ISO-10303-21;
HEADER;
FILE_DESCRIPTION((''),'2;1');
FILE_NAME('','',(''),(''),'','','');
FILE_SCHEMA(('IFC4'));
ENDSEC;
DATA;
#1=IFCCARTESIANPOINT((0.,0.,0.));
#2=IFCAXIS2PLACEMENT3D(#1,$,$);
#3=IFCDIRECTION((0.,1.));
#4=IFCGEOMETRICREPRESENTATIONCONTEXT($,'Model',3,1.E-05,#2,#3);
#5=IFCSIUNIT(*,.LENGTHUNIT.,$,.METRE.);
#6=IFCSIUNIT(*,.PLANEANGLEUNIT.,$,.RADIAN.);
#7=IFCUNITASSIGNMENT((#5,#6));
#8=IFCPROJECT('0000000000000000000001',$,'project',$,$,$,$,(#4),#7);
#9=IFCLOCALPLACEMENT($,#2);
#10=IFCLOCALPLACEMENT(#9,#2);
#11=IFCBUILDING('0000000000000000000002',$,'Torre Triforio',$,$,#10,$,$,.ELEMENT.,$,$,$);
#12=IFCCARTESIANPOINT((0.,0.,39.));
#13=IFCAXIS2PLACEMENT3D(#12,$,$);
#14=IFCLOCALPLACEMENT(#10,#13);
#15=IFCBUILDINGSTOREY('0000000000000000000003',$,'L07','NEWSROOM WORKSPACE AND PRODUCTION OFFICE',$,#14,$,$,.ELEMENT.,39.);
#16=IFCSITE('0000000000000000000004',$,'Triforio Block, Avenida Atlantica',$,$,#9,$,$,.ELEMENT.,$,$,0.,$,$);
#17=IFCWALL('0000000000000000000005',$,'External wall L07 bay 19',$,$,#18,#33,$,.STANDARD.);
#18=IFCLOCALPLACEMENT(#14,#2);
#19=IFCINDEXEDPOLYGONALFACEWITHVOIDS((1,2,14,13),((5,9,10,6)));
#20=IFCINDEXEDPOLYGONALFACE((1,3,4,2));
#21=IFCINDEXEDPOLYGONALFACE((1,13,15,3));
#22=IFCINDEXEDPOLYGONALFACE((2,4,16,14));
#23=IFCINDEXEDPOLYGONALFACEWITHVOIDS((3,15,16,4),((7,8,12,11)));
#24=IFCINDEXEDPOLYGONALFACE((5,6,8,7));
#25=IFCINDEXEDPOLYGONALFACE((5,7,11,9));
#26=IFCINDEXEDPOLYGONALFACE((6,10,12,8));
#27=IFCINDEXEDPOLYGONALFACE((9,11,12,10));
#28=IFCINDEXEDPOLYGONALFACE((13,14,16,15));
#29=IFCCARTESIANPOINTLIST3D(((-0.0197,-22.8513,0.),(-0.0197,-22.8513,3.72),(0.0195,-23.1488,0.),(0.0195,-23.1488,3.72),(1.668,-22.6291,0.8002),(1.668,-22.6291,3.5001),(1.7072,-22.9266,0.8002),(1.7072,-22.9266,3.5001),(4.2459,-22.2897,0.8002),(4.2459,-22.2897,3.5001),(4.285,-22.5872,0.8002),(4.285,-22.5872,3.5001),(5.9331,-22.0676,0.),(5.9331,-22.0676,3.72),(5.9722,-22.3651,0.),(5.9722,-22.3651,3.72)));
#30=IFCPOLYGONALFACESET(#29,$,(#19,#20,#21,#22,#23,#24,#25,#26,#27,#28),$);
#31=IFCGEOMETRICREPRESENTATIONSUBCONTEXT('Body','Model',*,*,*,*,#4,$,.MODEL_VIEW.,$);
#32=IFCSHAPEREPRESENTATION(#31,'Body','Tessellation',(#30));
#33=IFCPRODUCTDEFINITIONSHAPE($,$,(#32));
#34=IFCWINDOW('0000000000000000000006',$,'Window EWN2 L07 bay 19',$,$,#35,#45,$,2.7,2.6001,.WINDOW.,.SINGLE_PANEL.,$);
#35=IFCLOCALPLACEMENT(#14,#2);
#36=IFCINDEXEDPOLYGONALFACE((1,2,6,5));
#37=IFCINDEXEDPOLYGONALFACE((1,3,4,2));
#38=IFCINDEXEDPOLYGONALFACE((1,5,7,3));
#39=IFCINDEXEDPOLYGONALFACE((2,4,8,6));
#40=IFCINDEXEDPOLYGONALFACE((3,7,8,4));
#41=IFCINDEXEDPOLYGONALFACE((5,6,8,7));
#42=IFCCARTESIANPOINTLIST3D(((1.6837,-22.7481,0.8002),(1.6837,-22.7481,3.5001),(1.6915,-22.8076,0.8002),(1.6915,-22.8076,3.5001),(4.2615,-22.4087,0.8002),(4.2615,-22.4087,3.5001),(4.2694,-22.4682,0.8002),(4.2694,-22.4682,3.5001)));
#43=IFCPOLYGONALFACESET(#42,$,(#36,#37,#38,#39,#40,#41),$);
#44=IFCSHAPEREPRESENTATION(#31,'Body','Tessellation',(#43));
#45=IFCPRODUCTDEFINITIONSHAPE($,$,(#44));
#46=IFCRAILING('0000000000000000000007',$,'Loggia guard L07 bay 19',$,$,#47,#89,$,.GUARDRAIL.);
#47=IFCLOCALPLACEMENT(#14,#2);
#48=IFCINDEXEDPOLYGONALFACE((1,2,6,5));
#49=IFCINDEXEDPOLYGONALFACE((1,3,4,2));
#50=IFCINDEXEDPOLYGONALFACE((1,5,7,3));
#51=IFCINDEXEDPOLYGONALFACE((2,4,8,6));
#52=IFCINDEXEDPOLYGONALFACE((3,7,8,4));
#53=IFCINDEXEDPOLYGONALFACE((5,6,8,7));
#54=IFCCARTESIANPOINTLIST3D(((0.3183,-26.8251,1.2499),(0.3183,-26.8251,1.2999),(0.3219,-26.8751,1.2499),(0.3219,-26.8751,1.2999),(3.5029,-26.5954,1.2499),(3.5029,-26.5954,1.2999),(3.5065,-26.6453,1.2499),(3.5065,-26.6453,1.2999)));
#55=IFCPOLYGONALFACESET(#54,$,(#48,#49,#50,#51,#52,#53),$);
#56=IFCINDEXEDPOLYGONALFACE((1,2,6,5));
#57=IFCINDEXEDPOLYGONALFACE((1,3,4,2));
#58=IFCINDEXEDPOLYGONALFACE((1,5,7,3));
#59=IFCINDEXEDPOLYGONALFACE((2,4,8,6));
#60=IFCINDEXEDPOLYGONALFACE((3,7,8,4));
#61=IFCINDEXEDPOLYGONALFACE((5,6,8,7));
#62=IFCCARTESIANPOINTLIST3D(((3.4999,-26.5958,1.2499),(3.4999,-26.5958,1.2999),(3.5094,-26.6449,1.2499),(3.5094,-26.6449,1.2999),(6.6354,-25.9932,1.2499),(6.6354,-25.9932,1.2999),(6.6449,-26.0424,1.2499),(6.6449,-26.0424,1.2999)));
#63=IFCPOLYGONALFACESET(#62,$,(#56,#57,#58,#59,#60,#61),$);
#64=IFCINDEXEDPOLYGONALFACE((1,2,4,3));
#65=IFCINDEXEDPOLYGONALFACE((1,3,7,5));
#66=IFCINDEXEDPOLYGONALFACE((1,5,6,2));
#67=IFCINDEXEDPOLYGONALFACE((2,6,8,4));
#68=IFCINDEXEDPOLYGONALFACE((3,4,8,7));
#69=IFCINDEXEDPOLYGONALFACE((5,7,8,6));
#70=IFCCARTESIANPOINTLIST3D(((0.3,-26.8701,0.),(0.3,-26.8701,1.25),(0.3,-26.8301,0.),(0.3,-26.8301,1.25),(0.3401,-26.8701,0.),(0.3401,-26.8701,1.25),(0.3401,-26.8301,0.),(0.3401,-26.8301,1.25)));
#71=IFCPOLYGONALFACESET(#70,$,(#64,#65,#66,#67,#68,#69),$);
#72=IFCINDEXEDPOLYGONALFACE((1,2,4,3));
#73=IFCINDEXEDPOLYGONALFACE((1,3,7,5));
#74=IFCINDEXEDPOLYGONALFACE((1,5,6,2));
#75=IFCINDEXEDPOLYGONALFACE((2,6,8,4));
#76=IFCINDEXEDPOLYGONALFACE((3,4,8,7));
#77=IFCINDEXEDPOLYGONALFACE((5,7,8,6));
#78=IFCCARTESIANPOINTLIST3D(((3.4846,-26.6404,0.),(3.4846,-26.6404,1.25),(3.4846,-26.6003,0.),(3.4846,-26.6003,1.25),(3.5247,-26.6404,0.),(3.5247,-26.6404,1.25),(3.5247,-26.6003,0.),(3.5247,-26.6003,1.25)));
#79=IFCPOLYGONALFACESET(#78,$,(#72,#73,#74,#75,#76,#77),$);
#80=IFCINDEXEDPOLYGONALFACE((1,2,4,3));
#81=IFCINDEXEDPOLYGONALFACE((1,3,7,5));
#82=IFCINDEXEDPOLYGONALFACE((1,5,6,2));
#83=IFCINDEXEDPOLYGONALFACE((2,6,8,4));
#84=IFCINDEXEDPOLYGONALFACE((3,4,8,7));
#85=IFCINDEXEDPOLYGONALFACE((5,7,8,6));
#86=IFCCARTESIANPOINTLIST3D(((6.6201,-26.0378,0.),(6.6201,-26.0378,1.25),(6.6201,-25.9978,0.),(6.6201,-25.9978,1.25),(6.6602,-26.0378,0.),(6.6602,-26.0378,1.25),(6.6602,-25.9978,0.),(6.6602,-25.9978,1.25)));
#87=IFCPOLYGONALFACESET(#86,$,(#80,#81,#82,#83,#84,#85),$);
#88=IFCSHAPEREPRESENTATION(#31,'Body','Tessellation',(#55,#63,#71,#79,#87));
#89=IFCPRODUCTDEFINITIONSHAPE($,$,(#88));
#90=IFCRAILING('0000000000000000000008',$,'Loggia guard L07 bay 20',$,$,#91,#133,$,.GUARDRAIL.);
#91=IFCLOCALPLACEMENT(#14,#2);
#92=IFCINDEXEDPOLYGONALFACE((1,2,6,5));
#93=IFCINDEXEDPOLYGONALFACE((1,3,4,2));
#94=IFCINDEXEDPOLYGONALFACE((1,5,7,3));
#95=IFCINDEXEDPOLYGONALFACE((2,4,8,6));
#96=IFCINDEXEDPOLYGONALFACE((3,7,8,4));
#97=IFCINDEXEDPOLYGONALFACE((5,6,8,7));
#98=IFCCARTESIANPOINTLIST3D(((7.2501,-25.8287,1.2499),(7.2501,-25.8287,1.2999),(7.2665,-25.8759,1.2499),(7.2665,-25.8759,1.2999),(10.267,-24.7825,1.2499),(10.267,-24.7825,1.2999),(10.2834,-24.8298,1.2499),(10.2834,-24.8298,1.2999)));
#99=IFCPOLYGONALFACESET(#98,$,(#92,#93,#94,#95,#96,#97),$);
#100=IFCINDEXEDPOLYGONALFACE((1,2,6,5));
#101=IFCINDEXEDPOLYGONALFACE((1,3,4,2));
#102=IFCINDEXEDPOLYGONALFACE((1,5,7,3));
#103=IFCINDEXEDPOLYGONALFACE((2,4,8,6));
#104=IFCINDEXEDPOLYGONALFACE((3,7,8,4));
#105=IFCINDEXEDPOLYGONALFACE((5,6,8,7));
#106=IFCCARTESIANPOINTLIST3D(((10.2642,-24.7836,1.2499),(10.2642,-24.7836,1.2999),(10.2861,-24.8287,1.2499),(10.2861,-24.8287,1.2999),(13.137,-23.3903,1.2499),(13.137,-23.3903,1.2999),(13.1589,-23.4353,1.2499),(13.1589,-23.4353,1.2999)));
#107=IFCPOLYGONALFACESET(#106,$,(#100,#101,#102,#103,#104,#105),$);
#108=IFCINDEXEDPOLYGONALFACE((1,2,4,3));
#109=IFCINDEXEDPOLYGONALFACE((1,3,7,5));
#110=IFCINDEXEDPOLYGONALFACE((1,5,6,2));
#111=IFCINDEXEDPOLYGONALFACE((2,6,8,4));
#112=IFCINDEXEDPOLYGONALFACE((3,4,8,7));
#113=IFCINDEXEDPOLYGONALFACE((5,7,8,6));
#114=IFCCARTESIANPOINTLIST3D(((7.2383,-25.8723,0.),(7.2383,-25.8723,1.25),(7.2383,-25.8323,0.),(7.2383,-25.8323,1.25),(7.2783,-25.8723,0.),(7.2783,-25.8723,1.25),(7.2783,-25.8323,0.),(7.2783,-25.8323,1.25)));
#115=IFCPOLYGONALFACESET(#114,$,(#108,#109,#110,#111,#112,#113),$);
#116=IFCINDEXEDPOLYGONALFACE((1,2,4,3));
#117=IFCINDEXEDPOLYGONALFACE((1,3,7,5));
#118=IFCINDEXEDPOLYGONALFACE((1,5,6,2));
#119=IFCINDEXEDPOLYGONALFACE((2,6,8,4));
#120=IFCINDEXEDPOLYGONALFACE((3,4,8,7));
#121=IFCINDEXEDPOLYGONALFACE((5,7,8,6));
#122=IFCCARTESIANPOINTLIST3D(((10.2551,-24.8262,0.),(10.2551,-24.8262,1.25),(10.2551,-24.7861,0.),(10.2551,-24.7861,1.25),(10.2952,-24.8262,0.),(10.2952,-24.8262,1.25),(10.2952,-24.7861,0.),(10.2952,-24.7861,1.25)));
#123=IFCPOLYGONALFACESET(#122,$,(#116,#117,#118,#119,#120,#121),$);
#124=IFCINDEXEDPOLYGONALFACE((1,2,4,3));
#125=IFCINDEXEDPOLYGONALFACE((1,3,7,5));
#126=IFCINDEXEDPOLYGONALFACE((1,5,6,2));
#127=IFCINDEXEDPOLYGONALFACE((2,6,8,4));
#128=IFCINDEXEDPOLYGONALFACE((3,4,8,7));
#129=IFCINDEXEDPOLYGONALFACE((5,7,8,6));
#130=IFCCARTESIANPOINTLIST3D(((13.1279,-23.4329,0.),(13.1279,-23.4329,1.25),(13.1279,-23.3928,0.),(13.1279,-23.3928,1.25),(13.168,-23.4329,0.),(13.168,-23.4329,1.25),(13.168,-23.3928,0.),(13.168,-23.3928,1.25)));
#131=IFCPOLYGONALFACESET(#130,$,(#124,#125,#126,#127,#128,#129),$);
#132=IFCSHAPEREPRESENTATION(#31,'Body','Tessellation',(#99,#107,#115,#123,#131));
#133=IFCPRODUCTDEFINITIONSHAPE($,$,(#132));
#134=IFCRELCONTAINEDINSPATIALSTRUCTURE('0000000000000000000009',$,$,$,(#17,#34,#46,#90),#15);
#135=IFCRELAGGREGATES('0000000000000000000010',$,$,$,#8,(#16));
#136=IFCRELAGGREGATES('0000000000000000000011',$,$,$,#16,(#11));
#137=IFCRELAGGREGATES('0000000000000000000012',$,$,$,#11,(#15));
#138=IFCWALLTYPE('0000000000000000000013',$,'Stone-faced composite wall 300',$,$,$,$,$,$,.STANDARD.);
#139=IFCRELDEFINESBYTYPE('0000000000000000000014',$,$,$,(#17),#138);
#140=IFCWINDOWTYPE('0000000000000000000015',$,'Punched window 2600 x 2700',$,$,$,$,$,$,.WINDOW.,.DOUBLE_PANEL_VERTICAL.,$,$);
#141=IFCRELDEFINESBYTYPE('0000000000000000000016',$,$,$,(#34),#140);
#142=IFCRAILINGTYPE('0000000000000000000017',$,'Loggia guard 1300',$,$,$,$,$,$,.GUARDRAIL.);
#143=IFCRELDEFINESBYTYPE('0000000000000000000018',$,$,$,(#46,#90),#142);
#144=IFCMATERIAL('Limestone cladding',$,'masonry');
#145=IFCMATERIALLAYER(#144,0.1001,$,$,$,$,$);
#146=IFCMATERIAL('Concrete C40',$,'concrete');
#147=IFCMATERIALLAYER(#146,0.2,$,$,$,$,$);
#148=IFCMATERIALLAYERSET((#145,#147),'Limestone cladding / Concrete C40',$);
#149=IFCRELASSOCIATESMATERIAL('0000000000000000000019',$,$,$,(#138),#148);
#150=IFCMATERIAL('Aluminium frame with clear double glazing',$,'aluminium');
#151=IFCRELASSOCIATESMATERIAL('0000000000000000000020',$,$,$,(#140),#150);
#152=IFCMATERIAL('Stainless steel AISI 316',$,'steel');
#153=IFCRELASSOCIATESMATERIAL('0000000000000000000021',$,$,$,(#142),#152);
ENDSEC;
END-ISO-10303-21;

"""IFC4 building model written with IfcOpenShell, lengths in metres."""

from ifc_helpers import new_model, si_unit, direction, frame, frame_2d, origin, origin_2d, place, context, subcontext, project, spatial, rectangle, extrude, material, layer, layer_set, type_object, element, fill, save


model = new_model("IFC4")

# Units and contexts
model_context = context("Model", 3, precision=1e-05, world=origin(), true_north=direction((0.0, 1.0)))
body_context = subcontext(model_context, "Body", "Model", "MODEL_VIEW")
ifc_project = project(units=[si_unit("LENGTHUNIT", "METRE"), si_unit("PLANEANGLEUNIT", "RADIAN")], contexts=[model_context])

# Site, building, storey
site_placement = place(None, origin())
site = spatial("IfcSite", under=ifc_project, at=site_placement, Name="Triforio Block, Avenida Atlantica", CompositionType="ELEMENT", RefElevation=0.0)
building_placement = place(site_placement, origin())
building = spatial("IfcBuilding", under=site, at=building_placement, Name="Torre Triforio", CompositionType="ELEMENT")
storey_placement = place(building_placement, frame((0.0, 0.0, 39.0)))
storey = spatial("IfcBuildingStorey", under=building, at=storey_placement, Name="L07", Description="NEWSROOM WORKSPACE AND PRODUCTION OFFICE", CompositionType="ELEMENT", Elevation=39.0)

# Wall, opening, window
ifc_material_1 = material(Name="Limestone cladding", Category="masonry")
ifc_layer_1 = layer(ifc_material_1, 0.1001)
ifc_material_2 = material(Name="Concrete C40", Category="concrete")
ifc_layer_2 = layer(ifc_material_2, 0.2)
ifc_layer_set_1 = layer_set([ifc_layer_1, ifc_layer_2], Name="Limestone cladding / Concrete C40")
wall_type_1 = type_object("IfcWallType", Name="Stone-faced composite wall 300", PredefinedType="STANDARD", material=ifc_layer_set_1)
wall_1_placement = place(storey_placement, frame((0.0, -23.0, 0.0), z_axis=(0.0, 0.0, 1.0), x_axis=(0.991445, 0.130523, 0.0)))
wall_1 = element("IfcWall", 1, at=wall_1_placement, inside=storey, type_object=wall_type_1, Name="External wall L07 bay 19", PredefinedType="STANDARD", context=body_context, shape_type="SweptSolid", body=[
    extrude(rectangle(XDim=6.0042, YDim=0.3, at=frame_2d((3.002, 0.0))), origin(), (0.0, 0.0, 1.0), 3.72),
])
opening_1_placement = place(wall_1_placement, frame((1.7021, 0.0, 0.8)))
opening_1 = element("IfcOpeningElement", 2, at=opening_1_placement, cuts=wall_1, PredefinedType="OPENING", context=body_context, shape_type="SweptSolid", body=[
    extrude(rectangle(XDim=2.6001, YDim=2.7, at=frame_2d((1.3, 1.3501))), frame((0.0, 0.1599, 0.0), z_axis=(0.0, -1.0, 0.0), x_axis=(1.0, 0.0, 0.0)), (0.0, 0.0, 1.0), 0.3201),
])
ifc_material_3 = material(Name="Aluminium frame with clear double glazing", Category="aluminium")
window_type_1 = type_object("IfcWindowType", Name="Punched window 2600 x 2700", PartitioningType="DOUBLE_PANEL_VERTICAL", PredefinedType="WINDOW", material=ifc_material_3)
window_1_placement = place(opening_1_placement, origin())
window_1 = element("IfcWindow", 3, at=window_1_placement, inside=storey, type_object=window_type_1, Name="Window EWN2 L07 bay 19", OverallHeight=2.7, OverallWidth=2.6001, PartitioningType="SINGLE_PANEL", PredefinedType="WINDOW", context=body_context, shape_type="SweptSolid", body=[
    extrude(rectangle(XDim=2.6001, YDim=2.7, at=frame_2d((1.3, 1.3501))), frame((0.0, 0.03, 0.0), z_axis=(0.0, -1.0, 0.0), x_axis=(1.0, 0.0, 0.0)), (0.0, 0.0, 1.0), 0.0601),
])
fill(opening_1, window_1)

# Railings
ifc_material_4 = material(Name="Stainless steel AISI 316", Category="steel")
railing_type = type_object("IfcRailingType", Name="Loggia guard 1300", PredefinedType="GUARDRAIL", material=ifc_material_4)
railing_1_placement = place(storey_placement, frame((0.3201, -26.8501, 0.0)))
element("IfcRailing", 4, at=railing_1_placement, inside=storey, type_object=railing_type, Name="Loggia guard L07 bay 19", PredefinedType="GUARDRAIL", context=body_context, shape_type="SweptSolid", body=[
    extrude(rectangle(XDim=0.05, YDim=0.05, at=origin_2d()), frame((0.0, 0.0, 1.2749), z_axis=(0.997408, 0.071953, 0.0), x_axis=(-0.071953, 0.997408, 0.0)), (0.0, 0.0, 1.0), 3.1929),
    extrude(rectangle(XDim=0.05, YDim=0.05, at=origin_2d()), frame((3.1846, 0.2297, 1.2749), z_axis=(0.982032, 0.188714, 0.0), x_axis=(-0.188714, 0.982032, 0.0)), (0.0, 0.0, 1.0), 3.1929),
    extrude(rectangle(XDim=0.04, YDim=0.04, at=origin_2d()), origin(), (0.0, 0.0, 1.0), 1.25),
    extrude(rectangle(XDim=0.04, YDim=0.04, at=origin_2d()), frame((3.1846, 0.2297, 0.0)), (0.0, 0.0, 1.0), 1.25),
    extrude(rectangle(XDim=0.04, YDim=0.04, at=origin_2d()), frame((6.3201, 0.8323, 0.0)), (0.0, 0.0, 1.0), 1.25),
])
railing_2_placement = place(storey_placement, frame((7.2583, -25.8523, 0.0)))
element("IfcRailing", 5, at=railing_2_placement, inside=storey, type_object=railing_type, Name="Loggia guard L07 bay 20", PredefinedType="GUARDRAIL", context=body_context, shape_type="SweptSolid", body=[
    extrude(rectangle(XDim=0.05, YDim=0.05, at=origin_2d()), frame((0.0, 0.0, 1.2749), z_axis=(0.944807, 0.327628, 0.0), x_axis=(-0.327628, 0.944807, 0.0)), (0.0, 0.0, 1.0), 3.1931),
    extrude(rectangle(XDim=0.05, YDim=0.05, at=origin_2d()), frame((3.0168, 1.0461, 1.2749), z_axis=(0.89976, 0.436384, 0.0), x_axis=(-0.436384, 0.89976, 0.0)), (0.0, 0.0, 1.0), 3.1929),
    extrude(rectangle(XDim=0.04, YDim=0.04, at=origin_2d()), origin(), (0.0, 0.0, 1.0), 1.25),
    extrude(rectangle(XDim=0.04, YDim=0.04, at=origin_2d()), frame((3.0168, 1.0461, 0.0)), (0.0, 0.0, 1.0), 1.25),
    extrude(rectangle(XDim=0.04, YDim=0.04, at=origin_2d()), frame((5.8896, 2.4395, 0.0)), (0.0, 0.0, 1.0), 1.25),
])

save(model, "model.ifc")
